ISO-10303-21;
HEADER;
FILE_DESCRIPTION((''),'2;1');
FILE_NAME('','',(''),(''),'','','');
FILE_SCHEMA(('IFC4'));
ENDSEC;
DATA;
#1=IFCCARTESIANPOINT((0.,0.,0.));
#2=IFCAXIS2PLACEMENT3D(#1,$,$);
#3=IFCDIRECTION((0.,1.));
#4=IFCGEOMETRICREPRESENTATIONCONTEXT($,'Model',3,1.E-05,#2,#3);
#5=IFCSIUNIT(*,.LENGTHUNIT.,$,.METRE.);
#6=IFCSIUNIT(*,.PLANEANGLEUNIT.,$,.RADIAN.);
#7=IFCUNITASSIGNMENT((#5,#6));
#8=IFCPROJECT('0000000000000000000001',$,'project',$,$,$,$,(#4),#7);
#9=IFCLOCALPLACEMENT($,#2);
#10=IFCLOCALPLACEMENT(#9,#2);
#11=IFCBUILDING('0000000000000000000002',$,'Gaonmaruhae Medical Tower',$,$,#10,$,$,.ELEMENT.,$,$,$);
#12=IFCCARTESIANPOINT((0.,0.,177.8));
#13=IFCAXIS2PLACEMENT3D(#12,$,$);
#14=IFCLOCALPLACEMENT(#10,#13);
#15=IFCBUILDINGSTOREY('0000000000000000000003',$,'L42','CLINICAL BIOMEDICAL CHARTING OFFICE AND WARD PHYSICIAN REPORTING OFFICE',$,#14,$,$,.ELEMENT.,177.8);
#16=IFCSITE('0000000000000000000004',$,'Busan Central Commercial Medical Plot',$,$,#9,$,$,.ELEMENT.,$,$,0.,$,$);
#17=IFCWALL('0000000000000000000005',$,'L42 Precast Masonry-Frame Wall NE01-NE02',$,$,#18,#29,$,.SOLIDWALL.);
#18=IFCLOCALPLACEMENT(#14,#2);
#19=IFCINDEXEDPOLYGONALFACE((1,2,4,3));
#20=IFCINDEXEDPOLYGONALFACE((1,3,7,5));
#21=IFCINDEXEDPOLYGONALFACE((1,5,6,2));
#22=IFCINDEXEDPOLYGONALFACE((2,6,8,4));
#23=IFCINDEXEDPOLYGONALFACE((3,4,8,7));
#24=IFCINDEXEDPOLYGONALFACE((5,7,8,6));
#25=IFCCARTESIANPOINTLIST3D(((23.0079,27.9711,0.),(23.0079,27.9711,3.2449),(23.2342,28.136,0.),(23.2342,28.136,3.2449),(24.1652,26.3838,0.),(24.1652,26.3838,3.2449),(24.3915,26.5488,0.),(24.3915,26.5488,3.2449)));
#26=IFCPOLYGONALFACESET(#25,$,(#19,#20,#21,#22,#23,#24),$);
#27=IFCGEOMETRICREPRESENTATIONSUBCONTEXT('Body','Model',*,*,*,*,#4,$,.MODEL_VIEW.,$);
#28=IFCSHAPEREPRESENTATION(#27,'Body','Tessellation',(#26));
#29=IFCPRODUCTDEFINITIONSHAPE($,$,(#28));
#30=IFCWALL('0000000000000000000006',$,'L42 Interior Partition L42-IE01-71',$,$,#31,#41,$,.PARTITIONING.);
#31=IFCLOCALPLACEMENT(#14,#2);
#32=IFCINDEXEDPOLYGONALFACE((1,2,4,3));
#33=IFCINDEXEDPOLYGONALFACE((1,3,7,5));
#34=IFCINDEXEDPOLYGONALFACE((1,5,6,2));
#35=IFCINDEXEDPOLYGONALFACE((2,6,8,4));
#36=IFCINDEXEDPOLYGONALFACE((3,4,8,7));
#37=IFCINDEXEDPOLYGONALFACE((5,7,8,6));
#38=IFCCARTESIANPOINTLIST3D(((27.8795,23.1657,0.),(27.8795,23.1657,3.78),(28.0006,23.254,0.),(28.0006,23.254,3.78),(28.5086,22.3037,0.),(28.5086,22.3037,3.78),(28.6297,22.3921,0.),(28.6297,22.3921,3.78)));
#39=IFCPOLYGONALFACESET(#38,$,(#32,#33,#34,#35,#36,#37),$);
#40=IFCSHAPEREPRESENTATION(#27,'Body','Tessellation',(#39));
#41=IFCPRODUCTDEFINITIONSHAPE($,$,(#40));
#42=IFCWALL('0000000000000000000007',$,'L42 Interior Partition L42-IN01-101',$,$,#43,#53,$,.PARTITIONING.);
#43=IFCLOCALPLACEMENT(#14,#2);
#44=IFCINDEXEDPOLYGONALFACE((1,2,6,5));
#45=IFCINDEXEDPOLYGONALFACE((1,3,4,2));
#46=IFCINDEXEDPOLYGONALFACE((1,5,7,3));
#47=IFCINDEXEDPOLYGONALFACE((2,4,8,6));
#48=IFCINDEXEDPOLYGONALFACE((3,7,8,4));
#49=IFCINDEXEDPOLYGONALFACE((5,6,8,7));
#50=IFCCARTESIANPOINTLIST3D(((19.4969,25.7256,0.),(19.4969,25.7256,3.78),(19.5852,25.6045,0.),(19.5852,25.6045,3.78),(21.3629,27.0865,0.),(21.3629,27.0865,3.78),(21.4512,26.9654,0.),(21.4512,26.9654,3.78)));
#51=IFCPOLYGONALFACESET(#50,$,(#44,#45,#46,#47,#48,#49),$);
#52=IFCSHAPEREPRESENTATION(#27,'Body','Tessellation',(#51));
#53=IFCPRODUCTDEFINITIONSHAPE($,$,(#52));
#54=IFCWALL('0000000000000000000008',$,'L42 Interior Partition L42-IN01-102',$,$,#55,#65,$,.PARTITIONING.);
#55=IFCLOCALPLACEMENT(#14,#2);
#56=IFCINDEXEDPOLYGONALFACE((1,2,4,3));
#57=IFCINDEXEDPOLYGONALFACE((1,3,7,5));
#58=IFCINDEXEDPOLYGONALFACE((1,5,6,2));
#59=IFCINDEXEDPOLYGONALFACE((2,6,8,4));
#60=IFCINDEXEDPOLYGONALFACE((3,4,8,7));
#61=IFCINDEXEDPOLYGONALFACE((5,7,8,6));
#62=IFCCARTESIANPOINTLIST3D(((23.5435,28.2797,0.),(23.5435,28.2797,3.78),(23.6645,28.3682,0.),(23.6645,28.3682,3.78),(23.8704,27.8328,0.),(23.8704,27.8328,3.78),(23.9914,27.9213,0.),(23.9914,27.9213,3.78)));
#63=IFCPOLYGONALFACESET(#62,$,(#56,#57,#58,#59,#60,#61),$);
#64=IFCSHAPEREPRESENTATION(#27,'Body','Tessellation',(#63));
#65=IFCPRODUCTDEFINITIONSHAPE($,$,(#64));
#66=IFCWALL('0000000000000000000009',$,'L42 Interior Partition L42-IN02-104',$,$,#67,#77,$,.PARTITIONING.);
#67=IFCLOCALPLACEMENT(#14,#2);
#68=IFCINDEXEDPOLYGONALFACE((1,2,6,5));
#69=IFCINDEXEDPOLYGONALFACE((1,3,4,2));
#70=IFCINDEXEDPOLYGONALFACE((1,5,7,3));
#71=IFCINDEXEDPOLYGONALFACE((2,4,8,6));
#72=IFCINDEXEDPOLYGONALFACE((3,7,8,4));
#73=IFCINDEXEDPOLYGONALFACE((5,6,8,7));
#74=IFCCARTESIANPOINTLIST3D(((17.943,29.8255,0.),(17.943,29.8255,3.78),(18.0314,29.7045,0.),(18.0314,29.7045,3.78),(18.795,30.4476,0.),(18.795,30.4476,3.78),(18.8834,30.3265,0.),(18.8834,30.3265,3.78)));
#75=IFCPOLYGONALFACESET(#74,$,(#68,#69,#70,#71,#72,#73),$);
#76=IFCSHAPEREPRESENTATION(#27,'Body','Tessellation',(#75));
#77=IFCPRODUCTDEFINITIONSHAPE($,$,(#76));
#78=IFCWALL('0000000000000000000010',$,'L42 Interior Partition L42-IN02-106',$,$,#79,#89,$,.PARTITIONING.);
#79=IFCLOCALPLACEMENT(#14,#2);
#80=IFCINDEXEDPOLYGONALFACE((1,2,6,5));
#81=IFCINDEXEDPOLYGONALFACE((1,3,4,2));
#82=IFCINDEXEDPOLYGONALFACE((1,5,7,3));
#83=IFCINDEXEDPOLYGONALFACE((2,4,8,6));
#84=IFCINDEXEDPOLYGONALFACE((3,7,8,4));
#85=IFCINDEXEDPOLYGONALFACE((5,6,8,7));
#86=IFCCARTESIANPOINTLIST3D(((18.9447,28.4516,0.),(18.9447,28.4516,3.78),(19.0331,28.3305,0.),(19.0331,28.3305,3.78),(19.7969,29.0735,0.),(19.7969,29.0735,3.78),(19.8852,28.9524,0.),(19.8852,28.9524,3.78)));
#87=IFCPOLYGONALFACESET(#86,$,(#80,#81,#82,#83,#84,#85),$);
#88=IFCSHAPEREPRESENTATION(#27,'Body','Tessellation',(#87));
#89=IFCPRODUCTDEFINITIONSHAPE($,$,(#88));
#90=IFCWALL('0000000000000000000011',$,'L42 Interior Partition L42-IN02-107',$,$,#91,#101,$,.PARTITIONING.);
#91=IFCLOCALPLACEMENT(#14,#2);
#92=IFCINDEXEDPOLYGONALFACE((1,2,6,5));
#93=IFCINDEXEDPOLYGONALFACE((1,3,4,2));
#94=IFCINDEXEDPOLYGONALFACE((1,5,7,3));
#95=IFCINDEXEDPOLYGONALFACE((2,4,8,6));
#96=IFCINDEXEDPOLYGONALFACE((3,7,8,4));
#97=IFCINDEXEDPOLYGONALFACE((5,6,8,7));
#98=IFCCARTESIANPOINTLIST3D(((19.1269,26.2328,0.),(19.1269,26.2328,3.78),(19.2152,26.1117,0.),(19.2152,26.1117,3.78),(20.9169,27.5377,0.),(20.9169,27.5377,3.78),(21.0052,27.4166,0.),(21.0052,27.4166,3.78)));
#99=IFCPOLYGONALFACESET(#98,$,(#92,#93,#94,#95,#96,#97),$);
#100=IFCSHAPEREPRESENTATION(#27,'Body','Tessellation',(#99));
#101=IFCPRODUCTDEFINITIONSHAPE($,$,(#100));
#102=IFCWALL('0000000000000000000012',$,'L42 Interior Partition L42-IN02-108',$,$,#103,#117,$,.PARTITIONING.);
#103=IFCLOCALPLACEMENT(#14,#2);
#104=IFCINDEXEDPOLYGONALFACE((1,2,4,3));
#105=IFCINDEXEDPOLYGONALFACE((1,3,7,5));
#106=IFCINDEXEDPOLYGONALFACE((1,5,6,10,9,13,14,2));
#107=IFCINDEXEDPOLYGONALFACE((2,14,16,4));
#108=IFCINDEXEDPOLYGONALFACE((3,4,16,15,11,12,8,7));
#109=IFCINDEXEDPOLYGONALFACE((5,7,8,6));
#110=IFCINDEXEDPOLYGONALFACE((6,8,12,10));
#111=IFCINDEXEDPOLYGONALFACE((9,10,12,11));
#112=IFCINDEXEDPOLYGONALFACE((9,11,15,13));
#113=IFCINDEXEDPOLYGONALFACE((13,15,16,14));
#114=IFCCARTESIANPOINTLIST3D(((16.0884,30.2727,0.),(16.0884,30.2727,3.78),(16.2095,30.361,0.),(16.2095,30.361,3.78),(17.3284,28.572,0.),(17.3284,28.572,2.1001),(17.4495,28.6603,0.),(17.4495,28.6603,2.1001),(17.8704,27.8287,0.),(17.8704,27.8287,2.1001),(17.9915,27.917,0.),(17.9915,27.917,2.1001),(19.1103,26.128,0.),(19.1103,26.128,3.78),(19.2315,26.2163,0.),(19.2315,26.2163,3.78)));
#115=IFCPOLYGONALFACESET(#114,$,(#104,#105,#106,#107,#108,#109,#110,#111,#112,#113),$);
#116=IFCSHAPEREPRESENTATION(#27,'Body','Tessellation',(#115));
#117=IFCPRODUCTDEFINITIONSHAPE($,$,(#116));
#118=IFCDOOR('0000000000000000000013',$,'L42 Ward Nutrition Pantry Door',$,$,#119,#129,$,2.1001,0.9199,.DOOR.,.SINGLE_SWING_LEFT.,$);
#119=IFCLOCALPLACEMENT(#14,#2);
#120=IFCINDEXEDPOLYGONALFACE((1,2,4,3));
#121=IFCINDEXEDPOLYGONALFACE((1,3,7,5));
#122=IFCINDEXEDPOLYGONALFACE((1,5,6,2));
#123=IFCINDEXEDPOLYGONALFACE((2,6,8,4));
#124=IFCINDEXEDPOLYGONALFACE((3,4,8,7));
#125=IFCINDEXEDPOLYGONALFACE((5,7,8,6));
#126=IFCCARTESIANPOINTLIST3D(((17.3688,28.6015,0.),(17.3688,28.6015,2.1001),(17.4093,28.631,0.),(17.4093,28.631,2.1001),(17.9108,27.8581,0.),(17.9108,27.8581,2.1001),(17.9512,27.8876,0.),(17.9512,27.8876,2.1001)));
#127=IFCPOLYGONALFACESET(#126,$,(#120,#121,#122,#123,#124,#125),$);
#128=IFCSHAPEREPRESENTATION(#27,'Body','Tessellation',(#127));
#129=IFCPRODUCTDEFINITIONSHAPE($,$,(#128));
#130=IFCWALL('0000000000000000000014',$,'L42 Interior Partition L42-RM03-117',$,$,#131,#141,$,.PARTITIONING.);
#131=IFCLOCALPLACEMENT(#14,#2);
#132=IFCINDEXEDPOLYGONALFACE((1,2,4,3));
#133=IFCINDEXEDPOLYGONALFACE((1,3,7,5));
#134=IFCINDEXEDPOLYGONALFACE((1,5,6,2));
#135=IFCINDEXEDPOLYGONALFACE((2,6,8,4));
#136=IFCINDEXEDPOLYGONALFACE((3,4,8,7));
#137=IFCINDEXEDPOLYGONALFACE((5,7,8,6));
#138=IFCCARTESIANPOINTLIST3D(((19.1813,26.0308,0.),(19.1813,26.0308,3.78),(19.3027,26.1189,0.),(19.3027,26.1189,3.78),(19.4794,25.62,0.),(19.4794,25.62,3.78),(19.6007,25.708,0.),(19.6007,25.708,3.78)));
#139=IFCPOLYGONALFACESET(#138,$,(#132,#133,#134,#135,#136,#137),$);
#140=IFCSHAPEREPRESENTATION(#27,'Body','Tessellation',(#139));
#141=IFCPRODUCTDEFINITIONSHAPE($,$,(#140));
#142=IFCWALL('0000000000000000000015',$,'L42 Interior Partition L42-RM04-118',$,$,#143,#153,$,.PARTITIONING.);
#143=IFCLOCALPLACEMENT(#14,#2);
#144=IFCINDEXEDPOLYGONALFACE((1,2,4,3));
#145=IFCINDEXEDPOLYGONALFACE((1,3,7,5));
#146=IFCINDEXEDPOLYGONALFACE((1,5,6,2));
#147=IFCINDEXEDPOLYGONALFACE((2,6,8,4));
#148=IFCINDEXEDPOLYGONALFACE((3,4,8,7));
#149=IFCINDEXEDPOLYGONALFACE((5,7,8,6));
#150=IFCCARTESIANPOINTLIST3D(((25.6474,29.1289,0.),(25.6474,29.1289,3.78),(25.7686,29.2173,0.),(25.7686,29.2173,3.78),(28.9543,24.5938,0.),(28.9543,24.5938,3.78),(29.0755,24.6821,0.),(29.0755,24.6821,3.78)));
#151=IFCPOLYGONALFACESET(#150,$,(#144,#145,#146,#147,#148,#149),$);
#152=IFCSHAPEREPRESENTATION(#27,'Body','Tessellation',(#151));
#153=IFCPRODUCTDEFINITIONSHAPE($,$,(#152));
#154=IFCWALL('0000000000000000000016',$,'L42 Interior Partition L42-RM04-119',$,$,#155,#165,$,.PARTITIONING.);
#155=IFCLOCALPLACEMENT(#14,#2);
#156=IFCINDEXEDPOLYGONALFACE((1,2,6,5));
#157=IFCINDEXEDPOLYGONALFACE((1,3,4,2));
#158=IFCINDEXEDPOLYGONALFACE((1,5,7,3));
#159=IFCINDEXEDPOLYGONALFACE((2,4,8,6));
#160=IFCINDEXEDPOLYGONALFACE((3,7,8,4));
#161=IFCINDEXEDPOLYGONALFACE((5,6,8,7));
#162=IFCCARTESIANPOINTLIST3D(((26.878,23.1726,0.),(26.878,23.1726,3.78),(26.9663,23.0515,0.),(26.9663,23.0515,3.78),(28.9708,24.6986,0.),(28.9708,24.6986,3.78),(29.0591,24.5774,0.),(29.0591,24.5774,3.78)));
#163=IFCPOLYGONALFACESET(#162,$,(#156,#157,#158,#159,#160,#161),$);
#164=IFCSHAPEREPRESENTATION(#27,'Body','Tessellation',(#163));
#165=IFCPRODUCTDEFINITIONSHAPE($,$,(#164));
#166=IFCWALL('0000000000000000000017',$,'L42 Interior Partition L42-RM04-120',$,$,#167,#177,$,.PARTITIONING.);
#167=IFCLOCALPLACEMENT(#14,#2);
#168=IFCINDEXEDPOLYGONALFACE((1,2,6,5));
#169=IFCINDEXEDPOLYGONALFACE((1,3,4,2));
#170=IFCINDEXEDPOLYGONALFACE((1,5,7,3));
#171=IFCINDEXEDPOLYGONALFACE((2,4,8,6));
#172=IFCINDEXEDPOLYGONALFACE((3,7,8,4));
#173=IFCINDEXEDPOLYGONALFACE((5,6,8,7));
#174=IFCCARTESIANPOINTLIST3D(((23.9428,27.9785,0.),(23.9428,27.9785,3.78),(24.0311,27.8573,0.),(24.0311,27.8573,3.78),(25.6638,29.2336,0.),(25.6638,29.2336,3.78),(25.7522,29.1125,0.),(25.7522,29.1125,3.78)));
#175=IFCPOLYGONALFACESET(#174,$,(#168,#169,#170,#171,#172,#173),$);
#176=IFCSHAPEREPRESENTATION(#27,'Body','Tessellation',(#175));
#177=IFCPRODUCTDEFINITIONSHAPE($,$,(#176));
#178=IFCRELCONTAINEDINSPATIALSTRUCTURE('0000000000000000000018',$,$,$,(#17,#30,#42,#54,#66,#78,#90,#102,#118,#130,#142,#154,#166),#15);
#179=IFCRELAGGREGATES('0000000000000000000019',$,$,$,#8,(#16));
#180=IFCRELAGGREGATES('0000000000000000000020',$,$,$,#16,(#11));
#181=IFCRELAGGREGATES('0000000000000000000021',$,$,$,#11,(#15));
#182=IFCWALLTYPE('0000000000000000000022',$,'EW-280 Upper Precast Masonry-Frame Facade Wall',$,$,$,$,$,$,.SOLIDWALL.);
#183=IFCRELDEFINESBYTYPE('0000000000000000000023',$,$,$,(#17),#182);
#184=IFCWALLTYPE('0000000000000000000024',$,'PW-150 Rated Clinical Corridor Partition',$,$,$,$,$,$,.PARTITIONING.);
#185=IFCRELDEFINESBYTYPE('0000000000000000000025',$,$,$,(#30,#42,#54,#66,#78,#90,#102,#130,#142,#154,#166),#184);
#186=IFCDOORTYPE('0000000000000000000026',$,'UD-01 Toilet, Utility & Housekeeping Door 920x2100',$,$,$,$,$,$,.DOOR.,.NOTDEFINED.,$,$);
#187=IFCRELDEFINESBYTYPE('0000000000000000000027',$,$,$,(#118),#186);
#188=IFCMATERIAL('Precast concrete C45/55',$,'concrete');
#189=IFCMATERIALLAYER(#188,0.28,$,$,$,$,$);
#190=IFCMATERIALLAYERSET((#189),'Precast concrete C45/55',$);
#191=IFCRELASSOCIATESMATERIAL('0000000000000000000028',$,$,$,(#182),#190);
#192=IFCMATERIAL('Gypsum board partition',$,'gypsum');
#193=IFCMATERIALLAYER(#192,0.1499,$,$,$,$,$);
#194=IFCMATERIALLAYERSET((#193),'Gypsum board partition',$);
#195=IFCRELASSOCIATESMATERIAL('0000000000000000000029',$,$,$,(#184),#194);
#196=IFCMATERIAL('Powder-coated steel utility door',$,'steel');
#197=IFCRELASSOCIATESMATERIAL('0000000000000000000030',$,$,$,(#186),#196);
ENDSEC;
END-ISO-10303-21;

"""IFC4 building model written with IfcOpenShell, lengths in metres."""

from ifc_helpers import new_model, si_unit, direction, frame, frame_2d, origin, place, context, subcontext, project, spatial, rectangle, extrude, material, layer, layer_set, type_object, element, fill, save


model = new_model("IFC4")

# Units and contexts
model_context = context("Model", 3, precision=1e-05, world=origin(), true_north=direction((0.0, 1.0)))
body_context = subcontext(model_context, "Body", "Model", "MODEL_VIEW")
ifc_project = project(units=[si_unit("LENGTHUNIT", "METRE"), si_unit("PLANEANGLEUNIT", "RADIAN")], contexts=[model_context])

# Site, building, storey
site_placement = place(None, origin())
site = spatial("IfcSite", under=ifc_project, at=site_placement, Name="Busan Central Commercial Medical Plot", CompositionType="ELEMENT", RefElevation=0.0)
building_placement = place(site_placement, origin())
building = spatial("IfcBuilding", under=site, at=building_placement, Name="Gaonmaruhae Medical Tower", CompositionType="ELEMENT")
storey_placement = place(building_placement, frame((0.0, 0.0, 177.8)))
storey = spatial("IfcBuildingStorey", under=building, at=storey_placement, Name="L42", Description="CLINICAL BIOMEDICAL CHARTING OFFICE AND WARD PHYSICIAN REPORTING OFFICE", CompositionType="ELEMENT", Elevation=177.8)

# Walls
ifc_material_1 = material(Name="Precast concrete C45/55", Category="concrete")
ifc_layer_1 = layer(ifc_material_1, 0.28)
ifc_layer_set_1 = layer_set([ifc_layer_1], Name="Precast concrete C45/55")
wall_type_1 = type_object("IfcWallType", Name="EW-280 Upper Precast Masonry-Frame Facade Wall", PredefinedType="SOLIDWALL", material=ifc_layer_set_1)
wall_1_placement = place(storey_placement, frame((24.2783, 26.4663, 0.0), z_axis=(0.0, 0.0, 1.0), x_axis=(-0.589147, 0.808026, 0.0)))
element("IfcWall", 1, at=wall_1_placement, inside=storey, type_object=wall_type_1, Name="L42 Precast Masonry-Frame Wall NE01-NE02", PredefinedType="SOLIDWALL", context=body_context, shape_type="SweptSolid", body=[
    extrude(rectangle(XDim=1.9644, YDim=0.28, at=frame_2d((0.9822, 0.0))), origin(), (0.0, 0.0, 1.0), 3.2449),
])
ifc_material_2 = material(Name="Gypsum board partition", Category="gypsum")
ifc_layer_2 = layer(ifc_material_2, 0.1499)
ifc_layer_set_2 = layer_set([ifc_layer_2], Name="Gypsum board partition")
wall_type_2 = type_object("IfcWallType", Name="PW-150 Rated Clinical Corridor Partition", PredefinedType="PARTITIONING", material=ifc_layer_set_2)
wall_2_placement = place(storey_placement, frame((27.9399, 23.21, 0.0), z_axis=(0.0, 0.0, 1.0), x_axis=(0.589517, -0.807756, 0.0)))
element("IfcWall", 2, at=wall_2_placement, inside=storey, type_object=wall_type_2, Name="L42 Interior Partition L42-IE01-71", PredefinedType="PARTITIONING", context=body_context, shape_type="SweptSolid", body=[
    extrude(rectangle(XDim=1.0671, YDim=0.1499, at=frame_2d((0.5337, 0.0))), origin(), (0.0, 0.0, 1.0), 3.78),
])
wall_3_placement = place(storey_placement, frame((19.541, 25.665, 0.0), z_axis=(0.0, 0.0, 1.0), x_axis=(0.807958, 0.58924, 0.0)))
element("IfcWall", 3, at=wall_3_placement, inside=storey, type_object=wall_type_2, Name="L42 Interior Partition L42-IN01-101", PredefinedType="PARTITIONING", context=body_context, shape_type="SweptSolid", body=[
    extrude(rectangle(XDim=2.3096, YDim=0.1499, at=frame_2d((1.1548, 0.0))), origin(), (0.0, 0.0, 1.0), 3.78),
])
wall_4_placement = place(storey_placement, frame((23.604, 28.324, 0.0), z_axis=(0.0, 0.0, 1.0), x_axis=(0.590293, -0.807189, 0.0)))
element("IfcWall", 4, at=wall_4_placement, inside=storey, type_object=wall_type_2, Name="L42 Interior Partition L42-IN01-102", PredefinedType="PARTITIONING", context=body_context, shape_type="SweptSolid", body=[
    extrude(rectangle(XDim=0.5537, YDim=0.1499, at=frame_2d((0.2769, 0.0))), origin(), (0.0, 0.0, 1.0), 3.78),
])
for number, where, z_axis, x_axis, name in (
    (5, (18.8391, 30.387, 0.0), (0.0, 0.0, 1.0), (-0.807654, -0.589657, 0.0), "L42 Interior Partition L42-IN02-104"),
    (6, (18.989, 28.3911, 0.0), (0.0, 0.0, 1.0), (0.807764, 0.589506, 0.0), "L42 Interior Partition L42-IN02-106"),
):
    element("IfcWall", number, at=place(storey_placement, frame(where, z_axis=z_axis, x_axis=x_axis)), inside=storey, type_object=wall_type_2, Name=name, PredefinedType="PARTITIONING", context=body_context, shape_type="SweptSolid", body=[
        extrude(rectangle(XDim=1.0549, YDim=0.1499, at=frame_2d((0.5273, 0.0))), origin(), (0.0, 0.0, 1.0), 3.78),
    ])
wall_5_placement = place(storey_placement, frame((20.9609, 27.4771, 0.0), z_axis=(0.0, 0.0, 1.0), x_axis=(-0.808073, -0.589082, 0.0)))
element("IfcWall", 7, at=wall_5_placement, inside=storey, type_object=wall_type_2, Name="L42 Interior Partition L42-IN02-107", PredefinedType="PARTITIONING", context=body_context, shape_type="SweptSolid", body=[
    extrude(rectangle(XDim=2.2151, YDim=0.1499, at=frame_2d((1.1074, 0.0))), origin(), (0.0, 0.0, 1.0), 3.78),
])

# Wall, opening, door
wall_6_placement = place(storey_placement, frame((19.1709, 26.1721, 0.0), z_axis=(0.0, 0.0, 1.0), x_axis=(-0.589139, 0.808032, 0.0)))
wall_6 = element("IfcWall", 8, at=wall_6_placement, inside=storey, type_object=wall_type_2, Name="L42 Interior Partition L42-IN02-108", PredefinedType="PARTITIONING", context=body_context, shape_type="SweptSolid", body=[
    extrude(rectangle(XDim=5.1294, YDim=0.1499, at=frame_2d((2.5647, 0.0))), origin(), (0.0, 0.0, 1.0), 3.78),
])
opening_placement = place(wall_6_placement, frame((2.1047, 0.0, 0.0)))
opening = element("IfcOpeningElement", 9, at=opening_placement, cuts=wall_6, PredefinedType="OPENING", context=body_context, shape_type="SweptSolid", body=[
    extrude(rectangle(XDim=0.9199, YDim=2.1001, at=frame_2d((0.46, 1.05))), frame((0.0, 0.085, 0.0), z_axis=(0.0, -1.0, 0.0), x_axis=(1.0, 0.0, 0.0)), (0.0, 0.0, 1.0), 0.1699),
])
ifc_material_3 = material(Name="Powder-coated steel utility door", Category="steel")
door_type = type_object("IfcDoorType", Name="UD-01 Toilet, Utility & Housekeeping Door 920x2100", OperationType="NOTDEFINED", PredefinedType="DOOR", material=ifc_material_3)
door_placement = place(opening_placement, origin())
door = element("IfcDoor", 10, at=door_placement, inside=storey, type_object=door_type, Name="L42 Ward Nutrition Pantry Door", OperationType="SINGLE_SWING_LEFT", OverallHeight=2.1001, OverallWidth=0.9199, PredefinedType="DOOR", context=body_context, shape_type="SweptSolid", body=[
    extrude(rectangle(XDim=0.9199, YDim=2.1001, at=frame_2d((0.46, 1.05))), frame((0.0, 0.0249, 0.0), z_axis=(0.0, -1.0, 0.0), x_axis=(1.0, 0.0, 0.0)), (0.0, 0.0, 1.0), 0.05),
])
fill(opening, door)

# Walls
wall_7_placement = place(storey_placement, frame((19.2419, 26.075, 0.0), z_axis=(0.0, 0.0, 1.0), x_axis=(0.587228, -0.809422, 0.0)))
element("IfcWall", 11, at=wall_7_placement, inside=storey, type_object=wall_type_2, Name="L42 Interior Partition L42-RM03-117", PredefinedType="PARTITIONING", context=body_context, shape_type="SweptSolid", body=[
    extrude(rectangle(XDim=0.5076, YDim=0.1499, at=frame_2d((0.2539, 0.0))), origin(), (0.0, 0.0, 1.0), 3.78),
])
wall_8_placement = place(storey_placement, frame((25.708, 29.1731, 0.0), z_axis=(0.0, 0.0, 1.0), x_axis=(0.589172, -0.808008, 0.0)))
element("IfcWall", 12, at=wall_8_placement, inside=storey, type_object=wall_type_2, Name="L42 Interior Partition L42-RM04-118", PredefinedType="PARTITIONING", context=body_context, shape_type="SweptSolid", body=[
    extrude(rectangle(XDim=5.6128, YDim=0.1499, at=frame_2d((2.8064, 0.0))), origin(), (0.0, 0.0, 1.0), 3.78),
])
wall_9_placement = place(storey_placement, frame((29.0149, 24.6379, 0.0), z_axis=(0.0, 0.0, 1.0), x_axis=(-0.808026, -0.589147, 0.0)))
element("IfcWall", 13, at=wall_9_placement, inside=storey, type_object=wall_type_2, Name="L42 Interior Partition L42-RM04-119", PredefinedType="PARTITIONING", context=body_context, shape_type="SweptSolid", body=[
    extrude(rectangle(XDim=2.5901, YDim=0.1499, at=frame_2d((1.2949, 0.0))), origin(), (0.0, 0.0, 1.0), 3.78),
])
wall_10_placement = place(storey_placement, frame((23.9871, 27.918, 0.0), z_axis=(0.0, 0.0, 1.0), x_axis=(0.807947, 0.589255, 0.0)))
element("IfcWall", 14, at=wall_10_placement, inside=storey, type_object=wall_type_2, Name="L42 Interior Partition L42-RM04-120", PredefinedType="PARTITIONING", context=body_context, shape_type="SweptSolid", body=[
    extrude(rectangle(XDim=2.1301, YDim=0.1499, at=frame_2d((1.0649, 0.0))), origin(), (0.0, 0.0, 1.0), 3.78),
])

save(model, "model.ifc")
